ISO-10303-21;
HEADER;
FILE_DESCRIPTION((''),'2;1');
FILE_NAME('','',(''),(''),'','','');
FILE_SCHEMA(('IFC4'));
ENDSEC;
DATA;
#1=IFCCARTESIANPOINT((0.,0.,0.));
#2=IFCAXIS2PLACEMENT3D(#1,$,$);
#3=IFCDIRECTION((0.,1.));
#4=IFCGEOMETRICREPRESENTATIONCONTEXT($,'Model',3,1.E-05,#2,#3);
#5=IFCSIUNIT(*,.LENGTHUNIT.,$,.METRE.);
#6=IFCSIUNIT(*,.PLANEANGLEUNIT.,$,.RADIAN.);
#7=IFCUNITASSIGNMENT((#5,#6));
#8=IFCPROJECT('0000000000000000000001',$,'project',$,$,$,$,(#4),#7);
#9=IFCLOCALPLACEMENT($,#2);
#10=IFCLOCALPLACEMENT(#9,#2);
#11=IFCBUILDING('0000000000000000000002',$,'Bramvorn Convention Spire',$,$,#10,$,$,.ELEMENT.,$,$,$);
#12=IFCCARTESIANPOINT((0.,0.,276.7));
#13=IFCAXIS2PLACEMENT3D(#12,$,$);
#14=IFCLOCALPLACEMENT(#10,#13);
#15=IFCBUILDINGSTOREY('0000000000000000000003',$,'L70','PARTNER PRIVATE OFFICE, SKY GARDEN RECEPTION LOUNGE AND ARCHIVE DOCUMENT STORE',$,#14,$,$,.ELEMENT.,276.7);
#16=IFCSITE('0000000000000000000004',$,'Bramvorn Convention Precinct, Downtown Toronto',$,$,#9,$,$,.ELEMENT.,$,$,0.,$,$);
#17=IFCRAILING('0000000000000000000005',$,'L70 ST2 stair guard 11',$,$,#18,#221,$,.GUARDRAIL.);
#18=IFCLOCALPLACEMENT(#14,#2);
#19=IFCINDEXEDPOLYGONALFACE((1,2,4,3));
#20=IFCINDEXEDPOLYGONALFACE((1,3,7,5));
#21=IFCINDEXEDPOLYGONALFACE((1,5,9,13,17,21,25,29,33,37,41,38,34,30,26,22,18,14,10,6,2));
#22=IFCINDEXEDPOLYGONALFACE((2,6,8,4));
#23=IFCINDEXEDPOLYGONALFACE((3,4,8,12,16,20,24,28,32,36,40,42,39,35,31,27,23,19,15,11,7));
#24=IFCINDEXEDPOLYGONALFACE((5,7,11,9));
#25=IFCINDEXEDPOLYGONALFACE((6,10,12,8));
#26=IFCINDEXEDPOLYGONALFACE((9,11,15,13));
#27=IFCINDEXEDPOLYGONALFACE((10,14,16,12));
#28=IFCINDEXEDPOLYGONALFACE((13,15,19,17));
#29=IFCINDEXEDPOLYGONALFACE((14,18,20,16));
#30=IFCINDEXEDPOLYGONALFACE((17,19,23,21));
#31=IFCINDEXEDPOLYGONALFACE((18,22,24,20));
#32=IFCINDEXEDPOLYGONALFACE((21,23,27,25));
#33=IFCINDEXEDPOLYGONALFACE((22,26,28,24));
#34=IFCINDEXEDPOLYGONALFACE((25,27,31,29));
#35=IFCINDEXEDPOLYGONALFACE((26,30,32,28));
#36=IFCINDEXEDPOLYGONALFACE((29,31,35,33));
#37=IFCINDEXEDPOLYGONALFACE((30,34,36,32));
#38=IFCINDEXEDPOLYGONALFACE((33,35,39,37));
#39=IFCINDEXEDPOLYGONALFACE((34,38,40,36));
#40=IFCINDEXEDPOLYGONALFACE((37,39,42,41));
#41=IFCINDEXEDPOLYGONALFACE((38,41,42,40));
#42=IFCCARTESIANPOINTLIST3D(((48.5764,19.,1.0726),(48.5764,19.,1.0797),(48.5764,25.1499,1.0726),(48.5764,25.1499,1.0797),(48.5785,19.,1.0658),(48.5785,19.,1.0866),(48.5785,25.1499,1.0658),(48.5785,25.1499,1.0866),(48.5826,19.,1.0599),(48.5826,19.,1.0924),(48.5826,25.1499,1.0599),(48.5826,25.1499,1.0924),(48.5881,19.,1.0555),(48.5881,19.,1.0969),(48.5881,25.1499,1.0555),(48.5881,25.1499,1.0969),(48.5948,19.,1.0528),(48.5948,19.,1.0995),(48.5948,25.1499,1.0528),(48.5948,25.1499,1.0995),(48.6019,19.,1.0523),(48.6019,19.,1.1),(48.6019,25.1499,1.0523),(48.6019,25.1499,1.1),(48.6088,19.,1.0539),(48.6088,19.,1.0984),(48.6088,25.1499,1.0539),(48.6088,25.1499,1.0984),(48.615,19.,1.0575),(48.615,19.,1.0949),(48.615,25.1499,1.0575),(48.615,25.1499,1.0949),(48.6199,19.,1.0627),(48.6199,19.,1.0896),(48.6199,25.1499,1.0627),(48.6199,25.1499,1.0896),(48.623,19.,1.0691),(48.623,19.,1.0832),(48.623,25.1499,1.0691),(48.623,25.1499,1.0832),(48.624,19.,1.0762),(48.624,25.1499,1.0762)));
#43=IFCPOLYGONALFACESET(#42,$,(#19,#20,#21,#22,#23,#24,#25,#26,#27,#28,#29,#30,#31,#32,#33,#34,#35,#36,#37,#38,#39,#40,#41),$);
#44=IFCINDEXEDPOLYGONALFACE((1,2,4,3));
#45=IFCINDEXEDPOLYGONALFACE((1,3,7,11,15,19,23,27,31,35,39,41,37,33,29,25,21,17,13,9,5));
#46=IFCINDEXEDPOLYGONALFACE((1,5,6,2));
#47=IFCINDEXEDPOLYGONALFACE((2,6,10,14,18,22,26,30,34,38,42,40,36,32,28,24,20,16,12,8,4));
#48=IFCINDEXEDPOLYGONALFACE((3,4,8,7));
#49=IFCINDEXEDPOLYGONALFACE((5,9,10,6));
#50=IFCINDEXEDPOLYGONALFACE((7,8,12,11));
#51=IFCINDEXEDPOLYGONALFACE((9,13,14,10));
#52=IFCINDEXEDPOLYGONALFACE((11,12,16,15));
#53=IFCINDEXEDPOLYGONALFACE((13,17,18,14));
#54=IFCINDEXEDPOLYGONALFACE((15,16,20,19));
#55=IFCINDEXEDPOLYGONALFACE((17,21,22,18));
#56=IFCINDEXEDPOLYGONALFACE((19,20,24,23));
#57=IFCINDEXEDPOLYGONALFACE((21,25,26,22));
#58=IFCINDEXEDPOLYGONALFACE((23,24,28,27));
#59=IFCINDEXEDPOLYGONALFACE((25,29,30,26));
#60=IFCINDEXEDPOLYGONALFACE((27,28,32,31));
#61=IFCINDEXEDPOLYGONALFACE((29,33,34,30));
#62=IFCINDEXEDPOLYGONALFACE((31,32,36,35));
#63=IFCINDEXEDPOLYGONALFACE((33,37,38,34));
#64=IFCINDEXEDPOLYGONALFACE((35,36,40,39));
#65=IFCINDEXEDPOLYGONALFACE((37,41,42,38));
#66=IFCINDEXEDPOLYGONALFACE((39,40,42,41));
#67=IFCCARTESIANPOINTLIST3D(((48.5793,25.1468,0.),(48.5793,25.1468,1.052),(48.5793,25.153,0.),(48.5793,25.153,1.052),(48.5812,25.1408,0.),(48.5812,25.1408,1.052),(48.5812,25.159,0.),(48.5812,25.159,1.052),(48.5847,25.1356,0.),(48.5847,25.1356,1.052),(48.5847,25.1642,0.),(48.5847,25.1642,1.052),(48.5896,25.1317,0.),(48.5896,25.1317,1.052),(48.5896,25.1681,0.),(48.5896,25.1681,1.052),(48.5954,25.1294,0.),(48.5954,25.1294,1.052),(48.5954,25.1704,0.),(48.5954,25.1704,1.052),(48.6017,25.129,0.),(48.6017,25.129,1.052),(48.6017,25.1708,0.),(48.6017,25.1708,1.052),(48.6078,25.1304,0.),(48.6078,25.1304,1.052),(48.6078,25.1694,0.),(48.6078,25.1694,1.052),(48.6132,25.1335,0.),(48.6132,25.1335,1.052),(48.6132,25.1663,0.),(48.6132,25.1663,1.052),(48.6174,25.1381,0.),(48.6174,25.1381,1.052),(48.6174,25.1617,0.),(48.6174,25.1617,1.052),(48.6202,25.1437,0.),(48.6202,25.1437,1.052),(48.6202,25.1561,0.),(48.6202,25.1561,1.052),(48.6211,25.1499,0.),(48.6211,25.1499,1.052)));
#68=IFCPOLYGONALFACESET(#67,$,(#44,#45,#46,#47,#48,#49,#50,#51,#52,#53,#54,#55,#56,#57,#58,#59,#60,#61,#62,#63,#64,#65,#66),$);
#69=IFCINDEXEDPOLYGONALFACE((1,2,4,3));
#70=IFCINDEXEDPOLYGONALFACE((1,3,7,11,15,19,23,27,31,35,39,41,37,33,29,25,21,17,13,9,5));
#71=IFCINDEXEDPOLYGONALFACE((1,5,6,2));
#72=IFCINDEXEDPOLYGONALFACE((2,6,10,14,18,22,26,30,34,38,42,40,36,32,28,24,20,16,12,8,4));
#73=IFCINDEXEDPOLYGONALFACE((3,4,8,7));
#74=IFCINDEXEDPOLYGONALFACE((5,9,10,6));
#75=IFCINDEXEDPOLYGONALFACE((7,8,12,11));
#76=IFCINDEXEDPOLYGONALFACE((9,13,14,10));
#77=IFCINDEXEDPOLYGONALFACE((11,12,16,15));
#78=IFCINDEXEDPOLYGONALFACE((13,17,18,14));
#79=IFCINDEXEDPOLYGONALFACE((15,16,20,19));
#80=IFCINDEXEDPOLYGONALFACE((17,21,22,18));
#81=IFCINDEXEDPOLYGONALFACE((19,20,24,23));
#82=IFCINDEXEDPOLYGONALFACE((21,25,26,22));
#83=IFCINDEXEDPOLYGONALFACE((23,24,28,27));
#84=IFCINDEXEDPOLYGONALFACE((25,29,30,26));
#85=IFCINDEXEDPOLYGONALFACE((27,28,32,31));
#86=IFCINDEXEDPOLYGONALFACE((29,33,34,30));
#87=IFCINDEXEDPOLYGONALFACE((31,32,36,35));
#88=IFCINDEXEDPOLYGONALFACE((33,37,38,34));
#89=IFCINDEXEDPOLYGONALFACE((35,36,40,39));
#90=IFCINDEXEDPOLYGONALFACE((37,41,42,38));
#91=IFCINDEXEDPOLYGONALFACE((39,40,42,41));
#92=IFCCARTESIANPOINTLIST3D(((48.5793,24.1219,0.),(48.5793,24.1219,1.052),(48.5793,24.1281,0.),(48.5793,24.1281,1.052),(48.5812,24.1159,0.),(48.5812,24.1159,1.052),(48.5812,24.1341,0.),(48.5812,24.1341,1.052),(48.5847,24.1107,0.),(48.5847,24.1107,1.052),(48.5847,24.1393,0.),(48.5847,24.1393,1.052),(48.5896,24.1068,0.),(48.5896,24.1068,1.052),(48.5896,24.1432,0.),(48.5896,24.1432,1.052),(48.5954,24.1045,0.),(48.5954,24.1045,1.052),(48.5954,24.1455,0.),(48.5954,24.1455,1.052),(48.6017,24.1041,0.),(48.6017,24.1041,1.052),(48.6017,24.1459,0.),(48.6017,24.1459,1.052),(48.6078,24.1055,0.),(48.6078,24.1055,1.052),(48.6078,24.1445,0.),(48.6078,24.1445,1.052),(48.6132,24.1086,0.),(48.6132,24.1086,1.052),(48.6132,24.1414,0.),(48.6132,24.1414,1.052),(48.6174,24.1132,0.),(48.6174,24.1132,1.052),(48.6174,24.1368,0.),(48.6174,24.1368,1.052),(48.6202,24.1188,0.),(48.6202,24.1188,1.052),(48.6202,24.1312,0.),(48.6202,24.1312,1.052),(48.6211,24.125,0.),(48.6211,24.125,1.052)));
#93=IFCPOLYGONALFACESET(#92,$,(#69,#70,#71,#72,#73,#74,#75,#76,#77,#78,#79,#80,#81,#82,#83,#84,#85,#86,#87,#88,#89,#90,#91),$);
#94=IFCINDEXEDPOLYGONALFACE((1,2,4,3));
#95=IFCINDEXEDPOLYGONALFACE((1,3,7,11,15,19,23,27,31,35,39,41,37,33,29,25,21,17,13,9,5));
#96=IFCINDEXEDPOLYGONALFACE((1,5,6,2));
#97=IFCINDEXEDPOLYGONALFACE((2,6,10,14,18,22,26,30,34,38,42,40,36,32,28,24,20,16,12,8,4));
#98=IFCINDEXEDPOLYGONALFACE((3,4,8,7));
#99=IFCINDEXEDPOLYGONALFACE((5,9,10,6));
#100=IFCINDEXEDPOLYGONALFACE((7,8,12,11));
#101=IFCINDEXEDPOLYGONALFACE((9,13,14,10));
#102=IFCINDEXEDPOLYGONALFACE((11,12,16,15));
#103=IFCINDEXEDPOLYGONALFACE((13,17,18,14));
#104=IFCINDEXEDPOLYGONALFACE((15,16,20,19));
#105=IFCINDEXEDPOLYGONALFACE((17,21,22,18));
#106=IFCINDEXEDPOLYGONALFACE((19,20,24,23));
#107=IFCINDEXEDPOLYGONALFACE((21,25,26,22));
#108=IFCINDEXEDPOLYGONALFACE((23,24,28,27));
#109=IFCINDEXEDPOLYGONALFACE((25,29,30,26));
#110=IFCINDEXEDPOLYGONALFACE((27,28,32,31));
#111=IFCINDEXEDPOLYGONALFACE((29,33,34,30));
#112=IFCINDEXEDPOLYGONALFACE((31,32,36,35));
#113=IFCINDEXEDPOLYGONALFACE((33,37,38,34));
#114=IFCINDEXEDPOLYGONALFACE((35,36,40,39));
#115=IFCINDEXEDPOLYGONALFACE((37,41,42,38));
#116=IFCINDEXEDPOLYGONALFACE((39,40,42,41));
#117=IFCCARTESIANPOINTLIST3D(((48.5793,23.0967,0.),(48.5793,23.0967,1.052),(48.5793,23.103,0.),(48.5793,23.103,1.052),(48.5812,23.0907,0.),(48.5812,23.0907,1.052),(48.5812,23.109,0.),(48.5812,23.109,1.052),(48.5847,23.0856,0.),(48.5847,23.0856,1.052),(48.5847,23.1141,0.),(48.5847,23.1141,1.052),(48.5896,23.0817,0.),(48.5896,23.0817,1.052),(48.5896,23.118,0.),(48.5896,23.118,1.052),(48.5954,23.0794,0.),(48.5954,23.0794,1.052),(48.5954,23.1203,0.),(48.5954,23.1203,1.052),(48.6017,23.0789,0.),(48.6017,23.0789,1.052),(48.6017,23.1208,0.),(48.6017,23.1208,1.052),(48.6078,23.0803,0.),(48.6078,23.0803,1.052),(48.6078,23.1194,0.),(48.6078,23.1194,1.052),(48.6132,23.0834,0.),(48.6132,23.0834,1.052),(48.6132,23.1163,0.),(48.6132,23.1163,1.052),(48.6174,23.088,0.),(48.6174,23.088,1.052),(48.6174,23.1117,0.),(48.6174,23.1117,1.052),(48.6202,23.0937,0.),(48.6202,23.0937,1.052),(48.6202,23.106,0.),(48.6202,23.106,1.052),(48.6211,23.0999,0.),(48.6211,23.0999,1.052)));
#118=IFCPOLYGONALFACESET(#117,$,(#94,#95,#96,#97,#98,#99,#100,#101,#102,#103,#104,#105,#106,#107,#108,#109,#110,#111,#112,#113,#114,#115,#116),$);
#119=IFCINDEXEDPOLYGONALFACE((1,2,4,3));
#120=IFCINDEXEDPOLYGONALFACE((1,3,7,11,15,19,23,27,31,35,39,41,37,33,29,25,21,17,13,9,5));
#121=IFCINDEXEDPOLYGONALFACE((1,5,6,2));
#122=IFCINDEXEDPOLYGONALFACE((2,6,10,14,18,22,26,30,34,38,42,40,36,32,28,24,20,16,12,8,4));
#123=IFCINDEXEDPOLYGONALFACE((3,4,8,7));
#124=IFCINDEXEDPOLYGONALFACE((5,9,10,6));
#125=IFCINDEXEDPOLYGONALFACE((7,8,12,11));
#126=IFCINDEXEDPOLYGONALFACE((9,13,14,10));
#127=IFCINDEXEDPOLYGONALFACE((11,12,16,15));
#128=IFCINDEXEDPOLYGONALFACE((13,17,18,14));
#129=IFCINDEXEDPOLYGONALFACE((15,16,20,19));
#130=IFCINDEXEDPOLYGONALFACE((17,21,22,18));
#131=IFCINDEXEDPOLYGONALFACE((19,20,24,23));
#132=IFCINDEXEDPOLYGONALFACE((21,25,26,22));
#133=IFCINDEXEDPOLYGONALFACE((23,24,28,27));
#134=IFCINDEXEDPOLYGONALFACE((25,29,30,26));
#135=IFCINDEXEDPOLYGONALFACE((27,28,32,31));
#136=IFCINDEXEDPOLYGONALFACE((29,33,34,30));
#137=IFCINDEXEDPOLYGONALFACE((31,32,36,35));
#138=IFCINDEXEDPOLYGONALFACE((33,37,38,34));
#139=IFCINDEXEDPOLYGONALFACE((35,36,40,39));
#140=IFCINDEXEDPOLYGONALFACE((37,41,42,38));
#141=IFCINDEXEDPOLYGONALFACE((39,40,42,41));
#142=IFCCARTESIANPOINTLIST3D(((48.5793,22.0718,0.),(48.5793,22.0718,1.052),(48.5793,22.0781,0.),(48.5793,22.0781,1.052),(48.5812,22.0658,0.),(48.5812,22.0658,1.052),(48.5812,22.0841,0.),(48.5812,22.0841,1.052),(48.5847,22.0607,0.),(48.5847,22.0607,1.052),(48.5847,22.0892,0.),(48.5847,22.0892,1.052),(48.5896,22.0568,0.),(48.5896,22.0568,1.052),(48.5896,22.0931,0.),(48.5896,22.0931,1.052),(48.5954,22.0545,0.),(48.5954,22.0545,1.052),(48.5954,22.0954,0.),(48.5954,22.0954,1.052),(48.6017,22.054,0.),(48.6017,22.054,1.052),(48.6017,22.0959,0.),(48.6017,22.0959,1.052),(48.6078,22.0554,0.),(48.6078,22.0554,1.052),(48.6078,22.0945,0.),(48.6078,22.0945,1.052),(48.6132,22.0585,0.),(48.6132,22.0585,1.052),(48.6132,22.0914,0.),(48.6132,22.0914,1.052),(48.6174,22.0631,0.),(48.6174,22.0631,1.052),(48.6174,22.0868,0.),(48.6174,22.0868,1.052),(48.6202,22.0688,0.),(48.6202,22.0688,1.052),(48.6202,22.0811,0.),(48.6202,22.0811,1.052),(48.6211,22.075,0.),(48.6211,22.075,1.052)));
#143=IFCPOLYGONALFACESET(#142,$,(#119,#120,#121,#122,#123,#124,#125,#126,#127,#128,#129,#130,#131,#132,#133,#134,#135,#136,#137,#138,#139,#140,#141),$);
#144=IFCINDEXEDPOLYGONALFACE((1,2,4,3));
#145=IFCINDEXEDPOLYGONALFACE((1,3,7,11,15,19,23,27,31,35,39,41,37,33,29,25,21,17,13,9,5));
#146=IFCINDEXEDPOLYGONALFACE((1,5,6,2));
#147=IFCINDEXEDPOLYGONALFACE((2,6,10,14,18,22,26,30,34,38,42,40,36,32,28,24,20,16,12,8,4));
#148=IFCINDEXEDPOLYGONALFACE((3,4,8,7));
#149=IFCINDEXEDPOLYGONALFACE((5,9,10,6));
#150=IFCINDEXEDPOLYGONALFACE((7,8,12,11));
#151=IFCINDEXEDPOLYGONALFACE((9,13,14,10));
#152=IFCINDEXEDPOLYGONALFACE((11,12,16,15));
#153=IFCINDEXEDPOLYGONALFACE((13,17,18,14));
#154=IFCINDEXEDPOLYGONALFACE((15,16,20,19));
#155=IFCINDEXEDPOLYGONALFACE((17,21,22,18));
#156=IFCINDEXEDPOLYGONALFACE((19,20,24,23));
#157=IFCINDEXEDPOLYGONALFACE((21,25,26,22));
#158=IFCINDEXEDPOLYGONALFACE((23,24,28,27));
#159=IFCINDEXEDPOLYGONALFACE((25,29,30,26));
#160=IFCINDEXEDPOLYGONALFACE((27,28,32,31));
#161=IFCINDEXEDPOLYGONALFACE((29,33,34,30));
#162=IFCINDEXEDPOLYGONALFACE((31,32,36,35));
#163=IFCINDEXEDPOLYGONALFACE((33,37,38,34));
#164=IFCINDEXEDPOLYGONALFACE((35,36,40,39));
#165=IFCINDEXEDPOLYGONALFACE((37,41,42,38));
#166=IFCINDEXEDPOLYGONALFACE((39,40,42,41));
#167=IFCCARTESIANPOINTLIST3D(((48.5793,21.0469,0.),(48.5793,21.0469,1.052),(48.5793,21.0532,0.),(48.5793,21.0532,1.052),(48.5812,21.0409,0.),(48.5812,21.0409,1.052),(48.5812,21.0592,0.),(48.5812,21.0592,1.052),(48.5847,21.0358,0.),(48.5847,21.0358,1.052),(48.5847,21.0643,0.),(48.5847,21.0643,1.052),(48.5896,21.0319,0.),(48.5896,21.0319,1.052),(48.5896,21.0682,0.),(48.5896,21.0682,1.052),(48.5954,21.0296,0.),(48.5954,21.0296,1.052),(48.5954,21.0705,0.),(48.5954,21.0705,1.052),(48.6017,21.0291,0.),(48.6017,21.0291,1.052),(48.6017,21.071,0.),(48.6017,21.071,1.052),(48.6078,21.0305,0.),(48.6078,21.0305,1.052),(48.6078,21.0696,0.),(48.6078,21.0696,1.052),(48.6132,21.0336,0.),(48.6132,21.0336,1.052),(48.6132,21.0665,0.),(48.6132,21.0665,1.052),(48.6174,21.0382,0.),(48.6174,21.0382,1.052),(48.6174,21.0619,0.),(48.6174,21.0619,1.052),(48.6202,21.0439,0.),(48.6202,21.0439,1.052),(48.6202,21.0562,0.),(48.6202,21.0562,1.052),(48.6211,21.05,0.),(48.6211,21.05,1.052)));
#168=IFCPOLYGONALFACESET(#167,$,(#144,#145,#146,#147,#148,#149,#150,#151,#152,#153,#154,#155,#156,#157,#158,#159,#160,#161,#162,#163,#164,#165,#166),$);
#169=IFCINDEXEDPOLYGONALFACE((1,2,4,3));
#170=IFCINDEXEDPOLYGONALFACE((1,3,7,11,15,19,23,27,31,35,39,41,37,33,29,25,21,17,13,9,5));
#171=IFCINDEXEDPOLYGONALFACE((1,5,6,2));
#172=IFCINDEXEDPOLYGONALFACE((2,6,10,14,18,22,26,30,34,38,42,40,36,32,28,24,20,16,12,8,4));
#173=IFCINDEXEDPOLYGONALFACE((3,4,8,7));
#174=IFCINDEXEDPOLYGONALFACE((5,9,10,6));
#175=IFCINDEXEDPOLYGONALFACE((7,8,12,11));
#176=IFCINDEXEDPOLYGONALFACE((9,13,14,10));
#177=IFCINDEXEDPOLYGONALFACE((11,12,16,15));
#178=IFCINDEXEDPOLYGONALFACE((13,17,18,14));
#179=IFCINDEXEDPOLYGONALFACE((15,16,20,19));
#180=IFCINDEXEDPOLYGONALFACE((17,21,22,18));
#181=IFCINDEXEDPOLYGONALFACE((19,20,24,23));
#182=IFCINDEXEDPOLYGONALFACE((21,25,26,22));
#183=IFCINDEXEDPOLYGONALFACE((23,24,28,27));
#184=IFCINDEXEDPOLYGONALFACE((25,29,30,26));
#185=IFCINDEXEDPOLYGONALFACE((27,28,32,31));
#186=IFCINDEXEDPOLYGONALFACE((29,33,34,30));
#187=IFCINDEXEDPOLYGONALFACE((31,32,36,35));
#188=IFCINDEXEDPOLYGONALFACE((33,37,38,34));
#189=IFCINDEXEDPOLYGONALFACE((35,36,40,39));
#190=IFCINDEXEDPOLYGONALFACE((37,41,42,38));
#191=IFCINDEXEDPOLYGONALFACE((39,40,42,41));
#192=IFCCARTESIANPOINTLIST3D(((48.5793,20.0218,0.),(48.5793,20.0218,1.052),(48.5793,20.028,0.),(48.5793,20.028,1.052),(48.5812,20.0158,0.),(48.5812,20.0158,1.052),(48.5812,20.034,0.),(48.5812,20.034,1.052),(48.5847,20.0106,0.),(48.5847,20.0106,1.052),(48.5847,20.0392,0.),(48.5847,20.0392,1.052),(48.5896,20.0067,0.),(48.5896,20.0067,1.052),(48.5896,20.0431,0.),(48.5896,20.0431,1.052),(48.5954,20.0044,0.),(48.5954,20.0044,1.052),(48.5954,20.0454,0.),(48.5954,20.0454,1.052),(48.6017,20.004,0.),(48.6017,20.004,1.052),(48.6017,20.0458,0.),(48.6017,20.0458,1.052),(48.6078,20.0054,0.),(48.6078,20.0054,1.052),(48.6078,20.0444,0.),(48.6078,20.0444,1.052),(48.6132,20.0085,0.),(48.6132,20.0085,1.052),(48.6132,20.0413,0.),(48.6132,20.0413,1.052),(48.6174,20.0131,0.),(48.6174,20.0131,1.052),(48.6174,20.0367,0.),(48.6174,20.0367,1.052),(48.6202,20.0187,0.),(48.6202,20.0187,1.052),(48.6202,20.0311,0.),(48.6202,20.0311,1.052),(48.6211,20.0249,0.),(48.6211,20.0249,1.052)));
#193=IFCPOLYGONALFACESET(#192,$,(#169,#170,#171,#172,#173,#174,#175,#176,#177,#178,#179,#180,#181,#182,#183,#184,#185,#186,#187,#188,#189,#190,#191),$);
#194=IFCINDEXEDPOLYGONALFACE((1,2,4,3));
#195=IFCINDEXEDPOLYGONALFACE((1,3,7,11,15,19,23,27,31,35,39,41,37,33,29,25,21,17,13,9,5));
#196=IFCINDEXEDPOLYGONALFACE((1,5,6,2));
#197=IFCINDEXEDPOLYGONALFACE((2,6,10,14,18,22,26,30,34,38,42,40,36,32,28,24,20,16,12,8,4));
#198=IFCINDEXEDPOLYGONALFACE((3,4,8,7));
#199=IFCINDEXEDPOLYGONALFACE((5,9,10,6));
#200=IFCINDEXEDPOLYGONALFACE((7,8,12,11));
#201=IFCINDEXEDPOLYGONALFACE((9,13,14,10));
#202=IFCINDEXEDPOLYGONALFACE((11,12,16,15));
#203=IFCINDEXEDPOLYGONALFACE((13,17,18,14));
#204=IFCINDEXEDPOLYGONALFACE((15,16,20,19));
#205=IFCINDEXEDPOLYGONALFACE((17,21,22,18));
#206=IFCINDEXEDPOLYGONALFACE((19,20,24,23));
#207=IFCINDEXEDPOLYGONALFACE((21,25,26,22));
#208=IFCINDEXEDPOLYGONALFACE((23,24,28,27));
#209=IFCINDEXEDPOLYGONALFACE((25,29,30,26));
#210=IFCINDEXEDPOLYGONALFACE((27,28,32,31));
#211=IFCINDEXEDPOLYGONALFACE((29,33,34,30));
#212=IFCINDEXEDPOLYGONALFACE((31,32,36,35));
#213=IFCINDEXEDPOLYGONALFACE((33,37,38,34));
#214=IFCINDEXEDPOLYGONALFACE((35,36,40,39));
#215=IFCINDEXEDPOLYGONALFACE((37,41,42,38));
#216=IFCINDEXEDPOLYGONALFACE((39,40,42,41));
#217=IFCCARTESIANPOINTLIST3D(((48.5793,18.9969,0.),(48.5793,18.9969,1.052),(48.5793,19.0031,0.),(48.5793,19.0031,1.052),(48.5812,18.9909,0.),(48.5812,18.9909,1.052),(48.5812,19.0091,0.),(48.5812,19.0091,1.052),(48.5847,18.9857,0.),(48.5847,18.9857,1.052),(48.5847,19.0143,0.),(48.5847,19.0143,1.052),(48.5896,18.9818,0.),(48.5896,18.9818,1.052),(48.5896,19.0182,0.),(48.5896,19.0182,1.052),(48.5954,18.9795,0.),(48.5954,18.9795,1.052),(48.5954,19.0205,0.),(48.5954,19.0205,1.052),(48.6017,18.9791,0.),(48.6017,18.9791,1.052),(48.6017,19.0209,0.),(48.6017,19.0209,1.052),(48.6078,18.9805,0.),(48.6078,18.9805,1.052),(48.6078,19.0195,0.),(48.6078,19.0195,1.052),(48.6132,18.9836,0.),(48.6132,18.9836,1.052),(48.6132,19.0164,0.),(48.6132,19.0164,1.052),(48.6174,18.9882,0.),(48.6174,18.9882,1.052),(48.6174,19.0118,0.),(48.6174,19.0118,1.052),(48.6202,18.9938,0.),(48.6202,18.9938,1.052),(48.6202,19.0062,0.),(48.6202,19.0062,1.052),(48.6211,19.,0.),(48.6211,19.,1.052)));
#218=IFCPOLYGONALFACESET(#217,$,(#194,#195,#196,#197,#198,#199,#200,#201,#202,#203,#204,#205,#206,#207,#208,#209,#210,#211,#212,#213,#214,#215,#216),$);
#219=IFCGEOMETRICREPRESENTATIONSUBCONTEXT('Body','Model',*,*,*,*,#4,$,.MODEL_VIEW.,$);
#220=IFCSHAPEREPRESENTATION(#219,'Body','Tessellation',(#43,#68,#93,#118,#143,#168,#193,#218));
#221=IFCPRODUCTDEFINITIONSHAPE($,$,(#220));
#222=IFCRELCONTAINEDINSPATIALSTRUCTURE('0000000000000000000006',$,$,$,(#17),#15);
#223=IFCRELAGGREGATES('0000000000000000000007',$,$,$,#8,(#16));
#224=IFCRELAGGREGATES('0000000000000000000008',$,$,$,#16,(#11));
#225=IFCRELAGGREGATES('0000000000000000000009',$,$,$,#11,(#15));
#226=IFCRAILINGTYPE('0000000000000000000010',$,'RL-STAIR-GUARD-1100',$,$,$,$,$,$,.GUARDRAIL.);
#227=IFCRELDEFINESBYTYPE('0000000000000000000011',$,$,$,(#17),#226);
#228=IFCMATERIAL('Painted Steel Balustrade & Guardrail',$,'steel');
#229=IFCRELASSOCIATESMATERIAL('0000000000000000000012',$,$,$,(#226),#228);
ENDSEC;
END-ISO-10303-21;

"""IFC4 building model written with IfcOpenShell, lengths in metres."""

from ifc_helpers import new_model, si_unit, direction, frame, origin, origin_2d, place, context, subcontext, project, spatial, circle, extrude, material, type_object, element, save


model = new_model("IFC4")

# Units and contexts
model_context = context("Model", 3, precision=1e-05, world=origin(), true_north=direction((0.0, 1.0)))
body_context = subcontext(model_context, "Body", "Model", "MODEL_VIEW")
ifc_project = project(units=[si_unit("LENGTHUNIT", "METRE"), si_unit("PLANEANGLEUNIT", "RADIAN")], contexts=[model_context])

# Site, building, storey
site_placement = place(None, origin())
site = spatial("IfcSite", under=ifc_project, at=site_placement, Name="Bramvorn Convention Precinct, Downtown Toronto", CompositionType="ELEMENT", RefElevation=0.0)
building_placement = place(site_placement, origin())
building = spatial("IfcBuilding", under=site, at=building_placement, Name="Bramvorn Convention Spire", CompositionType="ELEMENT")
storey_placement = place(building_placement, frame((0.0, 0.0, 276.7)))
storey = spatial("IfcBuildingStorey", under=building, at=storey_placement, Name="L70", Description="PARTNER PRIVATE OFFICE, SKY GARDEN RECEPTION LOUNGE AND ARCHIVE DOCUMENT STORE", CompositionType="ELEMENT", Elevation=276.7)

# Railing
ifc_material_1 = material(Name="Painted Steel Balustrade & Guardrail", Category="steel")
railing_type_1 = type_object("IfcRailingType", Name="RL-STAIR-GUARD-1100", PredefinedType="GUARDRAIL", material=ifc_material_1)
railing_1_placement = place(storey_placement, frame((48.6001, 25.1499, 0.0)))
element("IfcRailing", 1, at=railing_1_placement, inside=storey, type_object=railing_type_1, Name="L70 ST2 stair guard 11", PredefinedType="GUARDRAIL", context=body_context, shape_type="SweptSolid", body=[
    extrude(circle(Radius=0.0239, at=origin_2d()), frame((0.0, 0.0, 1.0762), z_axis=(0.0, -1.0, 0.0), x_axis=(1.0, 0.0, 0.0)), (0.0, 0.0, 1.0), 6.1499),
    extrude(circle(Radius=0.021, at=origin_2d()), origin(), (0.0, 0.0, 1.0), 1.052),
    extrude(circle(Radius=0.021, at=origin_2d()), frame((0.0, -1.0249, 0.0)), (0.0, 0.0, 1.0), 1.052),
    extrude(circle(Radius=0.021, at=origin_2d()), frame((0.0, -2.05, 0.0)), (0.0, 0.0, 1.0), 1.052),
    extrude(circle(Radius=0.021, at=origin_2d()), frame((0.0, -3.075, 0.0)), (0.0, 0.0, 1.0), 1.052),
    extrude(circle(Radius=0.021, at=origin_2d()), frame((0.0, -4.0999, 0.0)), (0.0, 0.0, 1.0), 1.052),
    extrude(circle(Radius=0.021, at=origin_2d()), frame((0.0, -5.125, 0.0)), (0.0, 0.0, 1.0), 1.052),
    extrude(circle(Radius=0.021, at=origin_2d()), frame((0.0, -6.1499, 0.0)), (0.0, 0.0, 1.0), 1.052),
])

save(model, "model.ifc")
